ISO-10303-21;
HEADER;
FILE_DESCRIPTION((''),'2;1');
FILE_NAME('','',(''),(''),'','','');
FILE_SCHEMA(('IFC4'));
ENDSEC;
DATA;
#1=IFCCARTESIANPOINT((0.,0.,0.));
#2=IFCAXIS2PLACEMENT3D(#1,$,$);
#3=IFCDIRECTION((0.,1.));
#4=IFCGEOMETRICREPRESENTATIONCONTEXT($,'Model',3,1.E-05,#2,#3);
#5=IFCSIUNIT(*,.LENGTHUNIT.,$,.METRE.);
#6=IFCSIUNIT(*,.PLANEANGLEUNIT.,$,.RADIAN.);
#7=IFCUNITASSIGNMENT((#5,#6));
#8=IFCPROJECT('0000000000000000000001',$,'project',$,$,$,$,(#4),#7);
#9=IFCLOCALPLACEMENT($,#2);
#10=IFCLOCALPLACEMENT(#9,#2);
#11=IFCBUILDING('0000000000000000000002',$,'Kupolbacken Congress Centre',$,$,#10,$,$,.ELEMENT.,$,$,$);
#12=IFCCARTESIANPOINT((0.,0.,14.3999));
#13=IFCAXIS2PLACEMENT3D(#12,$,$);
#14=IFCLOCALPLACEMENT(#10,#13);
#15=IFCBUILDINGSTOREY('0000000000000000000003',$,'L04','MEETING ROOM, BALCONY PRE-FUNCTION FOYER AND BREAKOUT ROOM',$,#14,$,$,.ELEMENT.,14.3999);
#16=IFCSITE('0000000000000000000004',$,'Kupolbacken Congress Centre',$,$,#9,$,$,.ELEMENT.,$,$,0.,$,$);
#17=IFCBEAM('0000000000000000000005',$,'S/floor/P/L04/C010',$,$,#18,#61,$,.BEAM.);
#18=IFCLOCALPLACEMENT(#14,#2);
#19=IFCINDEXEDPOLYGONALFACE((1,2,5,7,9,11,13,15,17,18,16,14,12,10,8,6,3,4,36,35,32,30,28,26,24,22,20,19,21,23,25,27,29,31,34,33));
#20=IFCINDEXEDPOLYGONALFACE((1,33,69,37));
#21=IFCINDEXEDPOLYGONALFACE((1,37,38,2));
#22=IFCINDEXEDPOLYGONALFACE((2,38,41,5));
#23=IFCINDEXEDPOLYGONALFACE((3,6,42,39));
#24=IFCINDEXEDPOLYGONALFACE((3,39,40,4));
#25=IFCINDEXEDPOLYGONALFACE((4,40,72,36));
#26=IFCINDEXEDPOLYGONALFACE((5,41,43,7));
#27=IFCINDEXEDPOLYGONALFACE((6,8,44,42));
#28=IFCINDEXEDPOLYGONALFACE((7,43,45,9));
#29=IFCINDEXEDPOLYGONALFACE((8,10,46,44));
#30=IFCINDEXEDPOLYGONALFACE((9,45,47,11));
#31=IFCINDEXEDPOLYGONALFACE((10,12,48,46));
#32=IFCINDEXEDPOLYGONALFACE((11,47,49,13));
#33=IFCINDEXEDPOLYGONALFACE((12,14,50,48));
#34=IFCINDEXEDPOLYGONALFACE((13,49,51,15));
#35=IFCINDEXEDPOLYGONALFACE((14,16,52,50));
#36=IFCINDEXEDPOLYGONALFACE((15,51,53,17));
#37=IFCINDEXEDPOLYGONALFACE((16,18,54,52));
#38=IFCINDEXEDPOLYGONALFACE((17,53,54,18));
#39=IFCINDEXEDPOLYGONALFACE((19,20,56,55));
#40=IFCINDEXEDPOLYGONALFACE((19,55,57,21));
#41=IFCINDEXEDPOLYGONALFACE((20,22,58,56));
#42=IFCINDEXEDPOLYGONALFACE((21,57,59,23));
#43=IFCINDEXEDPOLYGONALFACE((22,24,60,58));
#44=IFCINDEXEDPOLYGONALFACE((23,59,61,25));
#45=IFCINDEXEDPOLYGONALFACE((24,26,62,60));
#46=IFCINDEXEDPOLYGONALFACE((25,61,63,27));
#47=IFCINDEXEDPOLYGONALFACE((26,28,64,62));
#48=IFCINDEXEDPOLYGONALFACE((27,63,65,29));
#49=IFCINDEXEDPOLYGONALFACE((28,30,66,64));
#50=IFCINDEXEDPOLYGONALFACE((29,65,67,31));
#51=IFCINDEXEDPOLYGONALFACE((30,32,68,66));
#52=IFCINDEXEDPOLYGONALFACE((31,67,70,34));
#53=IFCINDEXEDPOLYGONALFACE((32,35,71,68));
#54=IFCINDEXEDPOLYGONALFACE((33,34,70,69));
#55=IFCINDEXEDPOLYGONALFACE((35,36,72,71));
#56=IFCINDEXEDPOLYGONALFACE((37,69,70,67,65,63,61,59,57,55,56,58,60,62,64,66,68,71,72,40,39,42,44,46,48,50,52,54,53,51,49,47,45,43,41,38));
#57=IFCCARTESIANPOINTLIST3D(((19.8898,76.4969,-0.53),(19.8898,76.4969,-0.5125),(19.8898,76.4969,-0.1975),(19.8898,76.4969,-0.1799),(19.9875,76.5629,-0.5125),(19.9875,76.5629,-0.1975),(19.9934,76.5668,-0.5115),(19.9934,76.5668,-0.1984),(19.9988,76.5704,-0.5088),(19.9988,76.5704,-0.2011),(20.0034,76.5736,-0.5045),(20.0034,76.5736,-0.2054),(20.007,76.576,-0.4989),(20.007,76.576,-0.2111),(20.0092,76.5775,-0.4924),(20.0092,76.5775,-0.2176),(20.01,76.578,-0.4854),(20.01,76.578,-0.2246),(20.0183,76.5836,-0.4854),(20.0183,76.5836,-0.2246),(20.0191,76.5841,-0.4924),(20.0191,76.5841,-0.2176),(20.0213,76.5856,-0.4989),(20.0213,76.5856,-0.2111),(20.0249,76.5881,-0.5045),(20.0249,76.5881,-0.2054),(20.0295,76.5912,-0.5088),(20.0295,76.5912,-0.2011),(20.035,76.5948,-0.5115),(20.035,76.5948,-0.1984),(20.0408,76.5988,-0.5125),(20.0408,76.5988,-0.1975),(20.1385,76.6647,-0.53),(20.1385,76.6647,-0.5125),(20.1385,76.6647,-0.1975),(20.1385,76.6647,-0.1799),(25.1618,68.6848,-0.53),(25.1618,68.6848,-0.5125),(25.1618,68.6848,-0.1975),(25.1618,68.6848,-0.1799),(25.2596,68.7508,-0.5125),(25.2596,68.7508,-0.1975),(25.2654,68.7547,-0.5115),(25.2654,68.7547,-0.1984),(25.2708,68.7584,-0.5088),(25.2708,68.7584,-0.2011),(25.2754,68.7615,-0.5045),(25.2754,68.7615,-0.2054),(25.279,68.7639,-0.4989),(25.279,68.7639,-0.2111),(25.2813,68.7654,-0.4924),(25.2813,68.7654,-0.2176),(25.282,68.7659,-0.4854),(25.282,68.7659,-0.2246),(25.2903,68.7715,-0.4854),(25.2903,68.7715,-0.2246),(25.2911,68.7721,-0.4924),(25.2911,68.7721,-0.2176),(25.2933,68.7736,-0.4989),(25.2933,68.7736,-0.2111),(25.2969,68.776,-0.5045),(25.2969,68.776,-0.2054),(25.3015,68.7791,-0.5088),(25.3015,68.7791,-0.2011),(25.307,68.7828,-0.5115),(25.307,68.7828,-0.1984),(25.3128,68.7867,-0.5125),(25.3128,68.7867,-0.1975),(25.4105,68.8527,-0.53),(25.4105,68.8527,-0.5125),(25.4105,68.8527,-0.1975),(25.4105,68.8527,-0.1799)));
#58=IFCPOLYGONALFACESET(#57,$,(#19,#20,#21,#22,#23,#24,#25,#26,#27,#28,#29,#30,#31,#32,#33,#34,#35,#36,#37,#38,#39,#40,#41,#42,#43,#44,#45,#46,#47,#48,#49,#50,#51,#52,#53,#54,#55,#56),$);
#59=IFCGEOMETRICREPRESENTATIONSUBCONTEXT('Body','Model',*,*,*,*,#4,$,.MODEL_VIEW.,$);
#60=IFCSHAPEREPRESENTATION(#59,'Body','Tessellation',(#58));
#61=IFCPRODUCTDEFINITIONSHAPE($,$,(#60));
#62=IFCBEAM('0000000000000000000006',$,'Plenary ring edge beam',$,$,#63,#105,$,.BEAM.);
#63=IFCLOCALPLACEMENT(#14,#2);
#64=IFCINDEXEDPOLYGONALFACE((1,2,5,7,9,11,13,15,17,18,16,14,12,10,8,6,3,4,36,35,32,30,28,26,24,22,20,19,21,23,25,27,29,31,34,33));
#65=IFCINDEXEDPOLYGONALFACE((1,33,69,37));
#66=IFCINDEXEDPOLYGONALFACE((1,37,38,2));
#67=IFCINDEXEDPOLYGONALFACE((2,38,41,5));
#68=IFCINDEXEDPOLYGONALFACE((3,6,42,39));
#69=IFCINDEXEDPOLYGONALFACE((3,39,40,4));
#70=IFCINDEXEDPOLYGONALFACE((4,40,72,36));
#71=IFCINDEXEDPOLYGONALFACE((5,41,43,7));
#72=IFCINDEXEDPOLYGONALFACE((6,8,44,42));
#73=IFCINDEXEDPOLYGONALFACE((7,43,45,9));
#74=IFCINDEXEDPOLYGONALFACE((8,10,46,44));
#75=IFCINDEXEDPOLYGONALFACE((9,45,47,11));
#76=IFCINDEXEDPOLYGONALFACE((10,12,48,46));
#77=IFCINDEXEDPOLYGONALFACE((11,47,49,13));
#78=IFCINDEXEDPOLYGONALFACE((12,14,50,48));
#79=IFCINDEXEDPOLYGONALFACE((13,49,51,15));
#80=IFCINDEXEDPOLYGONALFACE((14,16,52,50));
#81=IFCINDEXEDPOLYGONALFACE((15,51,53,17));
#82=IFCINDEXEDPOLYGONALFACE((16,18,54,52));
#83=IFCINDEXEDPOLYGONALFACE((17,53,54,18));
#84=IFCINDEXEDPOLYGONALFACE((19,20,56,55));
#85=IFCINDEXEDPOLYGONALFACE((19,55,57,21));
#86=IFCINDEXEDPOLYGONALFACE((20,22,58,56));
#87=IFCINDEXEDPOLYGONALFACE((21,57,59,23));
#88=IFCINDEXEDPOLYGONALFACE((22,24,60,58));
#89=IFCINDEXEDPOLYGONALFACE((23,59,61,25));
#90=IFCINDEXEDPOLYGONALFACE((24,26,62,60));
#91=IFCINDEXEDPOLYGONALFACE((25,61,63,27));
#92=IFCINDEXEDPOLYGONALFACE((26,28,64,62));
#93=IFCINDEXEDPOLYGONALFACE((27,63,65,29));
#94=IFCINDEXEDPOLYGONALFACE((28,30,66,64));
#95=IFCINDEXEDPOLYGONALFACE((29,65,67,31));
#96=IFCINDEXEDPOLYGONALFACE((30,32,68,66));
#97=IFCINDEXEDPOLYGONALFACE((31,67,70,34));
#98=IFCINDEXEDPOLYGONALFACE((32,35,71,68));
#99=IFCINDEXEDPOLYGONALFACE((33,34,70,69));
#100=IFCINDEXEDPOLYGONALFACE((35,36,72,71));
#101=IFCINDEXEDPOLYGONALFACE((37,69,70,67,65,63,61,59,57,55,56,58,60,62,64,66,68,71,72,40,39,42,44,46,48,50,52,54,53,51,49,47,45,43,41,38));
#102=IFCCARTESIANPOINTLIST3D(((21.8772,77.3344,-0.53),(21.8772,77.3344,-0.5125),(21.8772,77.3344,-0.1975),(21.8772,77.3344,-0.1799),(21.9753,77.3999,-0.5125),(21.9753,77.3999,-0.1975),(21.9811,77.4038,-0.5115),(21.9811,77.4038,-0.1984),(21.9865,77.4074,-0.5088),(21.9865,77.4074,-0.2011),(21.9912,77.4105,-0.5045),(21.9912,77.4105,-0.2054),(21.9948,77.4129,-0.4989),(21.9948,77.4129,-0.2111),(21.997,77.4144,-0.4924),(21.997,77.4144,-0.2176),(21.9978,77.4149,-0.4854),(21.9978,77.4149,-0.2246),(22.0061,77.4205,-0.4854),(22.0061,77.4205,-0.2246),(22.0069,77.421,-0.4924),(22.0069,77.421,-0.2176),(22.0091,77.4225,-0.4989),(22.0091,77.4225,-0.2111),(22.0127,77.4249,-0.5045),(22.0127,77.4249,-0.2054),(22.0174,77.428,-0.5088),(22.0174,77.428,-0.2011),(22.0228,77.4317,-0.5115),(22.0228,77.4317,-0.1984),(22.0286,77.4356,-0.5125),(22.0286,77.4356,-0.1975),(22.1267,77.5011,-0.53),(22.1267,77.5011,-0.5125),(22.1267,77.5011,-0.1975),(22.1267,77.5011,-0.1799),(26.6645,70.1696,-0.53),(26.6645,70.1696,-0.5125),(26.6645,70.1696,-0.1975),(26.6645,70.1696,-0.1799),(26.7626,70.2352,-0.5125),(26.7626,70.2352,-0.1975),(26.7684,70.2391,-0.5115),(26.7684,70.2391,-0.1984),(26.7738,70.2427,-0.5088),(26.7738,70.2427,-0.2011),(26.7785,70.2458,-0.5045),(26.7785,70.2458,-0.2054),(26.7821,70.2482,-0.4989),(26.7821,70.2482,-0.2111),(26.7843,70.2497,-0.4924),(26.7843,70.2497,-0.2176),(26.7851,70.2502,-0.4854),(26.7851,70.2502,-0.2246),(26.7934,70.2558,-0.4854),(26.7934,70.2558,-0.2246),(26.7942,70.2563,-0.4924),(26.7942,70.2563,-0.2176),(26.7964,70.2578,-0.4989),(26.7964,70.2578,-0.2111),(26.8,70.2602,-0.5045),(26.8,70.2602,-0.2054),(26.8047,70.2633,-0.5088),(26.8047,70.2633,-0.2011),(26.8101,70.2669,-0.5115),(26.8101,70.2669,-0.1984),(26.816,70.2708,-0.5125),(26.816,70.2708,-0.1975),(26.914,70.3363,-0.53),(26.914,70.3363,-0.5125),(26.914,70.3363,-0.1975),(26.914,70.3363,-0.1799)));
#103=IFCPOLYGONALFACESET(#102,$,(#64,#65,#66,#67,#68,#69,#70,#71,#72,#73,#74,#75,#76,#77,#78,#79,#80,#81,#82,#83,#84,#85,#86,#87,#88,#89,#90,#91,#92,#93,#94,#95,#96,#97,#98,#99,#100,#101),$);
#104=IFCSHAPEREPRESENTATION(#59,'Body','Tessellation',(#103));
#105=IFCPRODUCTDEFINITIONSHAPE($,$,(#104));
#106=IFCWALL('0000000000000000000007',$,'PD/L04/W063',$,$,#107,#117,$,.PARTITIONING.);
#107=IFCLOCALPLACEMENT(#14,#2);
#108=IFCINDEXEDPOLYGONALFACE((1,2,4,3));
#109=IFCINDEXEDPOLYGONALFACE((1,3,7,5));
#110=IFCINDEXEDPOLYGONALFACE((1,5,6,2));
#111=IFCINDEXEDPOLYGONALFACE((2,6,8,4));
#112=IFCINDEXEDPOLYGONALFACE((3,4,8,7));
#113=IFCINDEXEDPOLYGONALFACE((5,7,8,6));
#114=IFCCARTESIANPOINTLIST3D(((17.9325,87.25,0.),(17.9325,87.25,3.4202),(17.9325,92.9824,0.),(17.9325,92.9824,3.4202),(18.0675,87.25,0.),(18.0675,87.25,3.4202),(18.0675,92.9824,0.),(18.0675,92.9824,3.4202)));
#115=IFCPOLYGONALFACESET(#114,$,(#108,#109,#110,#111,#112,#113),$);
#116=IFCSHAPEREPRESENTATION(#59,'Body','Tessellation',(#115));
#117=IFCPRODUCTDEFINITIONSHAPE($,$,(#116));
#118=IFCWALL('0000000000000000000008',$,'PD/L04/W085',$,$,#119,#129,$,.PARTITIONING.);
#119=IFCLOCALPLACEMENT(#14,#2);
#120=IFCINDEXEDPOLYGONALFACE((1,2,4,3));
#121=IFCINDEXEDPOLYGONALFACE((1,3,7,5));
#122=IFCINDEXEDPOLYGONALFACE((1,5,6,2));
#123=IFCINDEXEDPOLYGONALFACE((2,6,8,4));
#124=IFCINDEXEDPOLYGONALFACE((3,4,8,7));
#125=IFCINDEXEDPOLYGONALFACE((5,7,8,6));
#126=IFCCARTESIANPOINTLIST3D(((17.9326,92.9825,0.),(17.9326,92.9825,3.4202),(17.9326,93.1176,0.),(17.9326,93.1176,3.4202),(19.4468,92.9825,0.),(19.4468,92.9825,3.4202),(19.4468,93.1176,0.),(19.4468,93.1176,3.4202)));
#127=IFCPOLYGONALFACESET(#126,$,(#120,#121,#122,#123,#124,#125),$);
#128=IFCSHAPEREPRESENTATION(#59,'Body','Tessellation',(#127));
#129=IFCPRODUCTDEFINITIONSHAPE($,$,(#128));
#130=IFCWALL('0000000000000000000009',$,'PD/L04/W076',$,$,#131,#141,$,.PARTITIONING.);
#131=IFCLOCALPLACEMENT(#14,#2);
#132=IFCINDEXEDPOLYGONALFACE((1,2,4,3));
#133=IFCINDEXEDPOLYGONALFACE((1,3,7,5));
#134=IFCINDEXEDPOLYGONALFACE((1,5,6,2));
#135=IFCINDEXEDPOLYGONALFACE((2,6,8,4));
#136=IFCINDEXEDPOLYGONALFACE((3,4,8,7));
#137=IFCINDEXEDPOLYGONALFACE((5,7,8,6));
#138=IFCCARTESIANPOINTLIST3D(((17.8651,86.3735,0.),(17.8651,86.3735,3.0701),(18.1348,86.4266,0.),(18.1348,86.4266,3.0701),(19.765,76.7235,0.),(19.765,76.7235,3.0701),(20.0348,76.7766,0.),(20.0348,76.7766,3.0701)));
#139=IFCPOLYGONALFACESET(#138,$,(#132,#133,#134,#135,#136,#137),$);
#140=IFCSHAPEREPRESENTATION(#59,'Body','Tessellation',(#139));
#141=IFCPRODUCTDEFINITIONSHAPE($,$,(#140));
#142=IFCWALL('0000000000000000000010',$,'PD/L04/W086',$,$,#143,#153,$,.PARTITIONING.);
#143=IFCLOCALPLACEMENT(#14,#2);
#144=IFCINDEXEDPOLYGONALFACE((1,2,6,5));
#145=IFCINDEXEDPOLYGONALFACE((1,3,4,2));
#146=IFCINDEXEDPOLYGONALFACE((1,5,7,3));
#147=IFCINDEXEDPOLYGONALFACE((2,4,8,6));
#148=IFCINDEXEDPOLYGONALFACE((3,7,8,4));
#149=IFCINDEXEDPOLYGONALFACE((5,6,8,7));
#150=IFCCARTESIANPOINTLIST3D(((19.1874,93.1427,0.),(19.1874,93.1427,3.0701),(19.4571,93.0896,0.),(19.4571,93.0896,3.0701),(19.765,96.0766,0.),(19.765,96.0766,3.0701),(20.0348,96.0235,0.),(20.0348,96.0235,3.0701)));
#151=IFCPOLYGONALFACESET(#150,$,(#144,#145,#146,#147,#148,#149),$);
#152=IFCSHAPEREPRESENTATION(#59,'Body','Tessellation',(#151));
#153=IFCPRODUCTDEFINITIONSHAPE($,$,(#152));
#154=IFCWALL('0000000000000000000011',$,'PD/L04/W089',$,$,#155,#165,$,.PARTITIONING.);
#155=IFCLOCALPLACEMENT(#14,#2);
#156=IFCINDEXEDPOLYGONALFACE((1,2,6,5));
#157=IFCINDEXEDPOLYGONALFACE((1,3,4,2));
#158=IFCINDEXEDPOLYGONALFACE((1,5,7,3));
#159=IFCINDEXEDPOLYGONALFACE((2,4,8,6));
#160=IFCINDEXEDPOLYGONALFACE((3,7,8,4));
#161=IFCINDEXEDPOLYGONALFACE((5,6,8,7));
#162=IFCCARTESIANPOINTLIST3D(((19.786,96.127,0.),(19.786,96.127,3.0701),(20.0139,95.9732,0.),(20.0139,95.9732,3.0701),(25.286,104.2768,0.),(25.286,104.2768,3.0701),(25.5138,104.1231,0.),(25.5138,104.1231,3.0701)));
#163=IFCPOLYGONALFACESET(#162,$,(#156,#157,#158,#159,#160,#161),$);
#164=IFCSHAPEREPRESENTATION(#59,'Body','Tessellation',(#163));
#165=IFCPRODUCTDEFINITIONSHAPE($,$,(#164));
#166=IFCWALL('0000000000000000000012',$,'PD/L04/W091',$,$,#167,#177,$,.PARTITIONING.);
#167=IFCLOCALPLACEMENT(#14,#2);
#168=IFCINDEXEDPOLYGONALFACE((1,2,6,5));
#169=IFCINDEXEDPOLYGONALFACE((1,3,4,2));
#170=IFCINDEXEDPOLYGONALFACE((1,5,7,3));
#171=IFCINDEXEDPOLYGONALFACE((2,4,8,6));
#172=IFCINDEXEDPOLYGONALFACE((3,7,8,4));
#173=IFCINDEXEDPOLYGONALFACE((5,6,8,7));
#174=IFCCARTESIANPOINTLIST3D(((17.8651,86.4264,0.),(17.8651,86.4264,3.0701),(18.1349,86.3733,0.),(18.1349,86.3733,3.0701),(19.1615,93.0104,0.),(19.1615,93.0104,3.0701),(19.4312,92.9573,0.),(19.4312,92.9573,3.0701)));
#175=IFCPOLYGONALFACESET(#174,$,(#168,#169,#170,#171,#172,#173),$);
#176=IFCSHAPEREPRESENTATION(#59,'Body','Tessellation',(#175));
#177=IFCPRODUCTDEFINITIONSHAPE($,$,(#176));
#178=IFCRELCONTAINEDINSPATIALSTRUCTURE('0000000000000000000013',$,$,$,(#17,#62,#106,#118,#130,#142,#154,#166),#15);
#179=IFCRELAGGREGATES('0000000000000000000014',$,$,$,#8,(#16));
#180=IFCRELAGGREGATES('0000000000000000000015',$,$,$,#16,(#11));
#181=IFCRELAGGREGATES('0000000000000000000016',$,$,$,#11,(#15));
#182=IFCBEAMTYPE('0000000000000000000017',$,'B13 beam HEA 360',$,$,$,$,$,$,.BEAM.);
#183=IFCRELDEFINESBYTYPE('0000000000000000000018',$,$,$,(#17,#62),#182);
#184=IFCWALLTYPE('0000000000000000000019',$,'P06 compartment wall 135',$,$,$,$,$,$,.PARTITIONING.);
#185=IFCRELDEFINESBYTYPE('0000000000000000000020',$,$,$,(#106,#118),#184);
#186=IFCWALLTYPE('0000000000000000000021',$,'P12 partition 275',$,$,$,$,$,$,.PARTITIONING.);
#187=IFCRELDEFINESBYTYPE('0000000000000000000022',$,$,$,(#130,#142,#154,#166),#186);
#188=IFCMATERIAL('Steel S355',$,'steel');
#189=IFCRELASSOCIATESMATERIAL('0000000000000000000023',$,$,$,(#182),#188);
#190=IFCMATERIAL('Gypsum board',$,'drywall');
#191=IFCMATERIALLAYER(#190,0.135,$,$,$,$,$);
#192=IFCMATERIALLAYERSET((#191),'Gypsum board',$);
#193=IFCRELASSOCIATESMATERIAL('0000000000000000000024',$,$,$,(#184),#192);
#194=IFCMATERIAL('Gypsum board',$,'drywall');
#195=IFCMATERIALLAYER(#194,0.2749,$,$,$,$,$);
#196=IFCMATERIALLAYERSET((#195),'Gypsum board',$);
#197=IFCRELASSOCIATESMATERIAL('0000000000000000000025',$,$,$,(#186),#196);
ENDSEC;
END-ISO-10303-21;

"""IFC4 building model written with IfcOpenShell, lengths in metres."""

from ifc_helpers import new_model, si_unit, direction, frame, frame_2d, origin, origin_2d, place, context, subcontext, project, spatial, rectangle, i_section, extrude, material, layer, layer_set, material_profile, profile_set, type_object, element, save


model = new_model("IFC4")

# Units and contexts
model_context = context("Model", 3, precision=1e-05, world=origin(), true_north=direction((0.0, 1.0)))
body_context = subcontext(model_context, "Body", "Model", "MODEL_VIEW")
ifc_project = project(units=[si_unit("LENGTHUNIT", "METRE"), si_unit("PLANEANGLEUNIT", "RADIAN")], contexts=[model_context])

# Site, building, storey
site_placement = place(None, origin())
site = spatial("IfcSite", under=ifc_project, at=site_placement, Name="Kupolbacken Congress Centre", CompositionType="ELEMENT", RefElevation=0.0)
building_placement = place(site_placement, origin())
building = spatial("IfcBuilding", under=site, at=building_placement, Name="Kupolbacken Congress Centre", CompositionType="ELEMENT")
storey_placement = place(building_placement, frame((0.0, 0.0, 14.3999)))
storey = spatial("IfcBuildingStorey", under=building, at=storey_placement, Name="L04", Description="MEETING ROOM, BALCONY PRE-FUNCTION FOYER AND BREAKOUT ROOM", CompositionType="ELEMENT", Elevation=14.3999)

# Beams
ifc_material_1 = material(Name="Steel S355", Category="steel")
ifc_material_profile_1 = material_profile(ifc_material_1, i_section(OverallWidth=0.3, OverallDepth=0.3501, WebThickness=0.01, FlangeThickness=0.0176, FilletRadius=0.0271, at=origin_2d()), Name="HEA 360")
ifc_profile_set_1 = profile_set([ifc_material_profile_1], Name="Steel S355")
beam_type_1 = type_object("IfcBeamType", Name="B13 beam HEA 360", PredefinedType="BEAM", material=ifc_profile_set_1)
beam_1_placement = place(storey_placement, frame((20.0142, 76.5808, -0.355), z_axis=(0.55939, -0.828905, 0.0), x_axis=(0.828905, 0.55939, 0.0)))
element("IfcBeam", 1, at=beam_1_placement, inside=storey, type_object=beam_type_1, Name="S/floor/P/L04/C010", PredefinedType="BEAM", context=body_context, shape_type="SweptSolid", body=[
    extrude(i_section(OverallWidth=0.3, OverallDepth=0.3501, WebThickness=0.01, FlangeThickness=0.0176, FilletRadius=0.0271, at=origin_2d()), origin(), (0.0, 0.0, 1.0), 9.4246),
])
beam_2_placement = place(storey_placement, frame((22.002, 77.4177, -0.355), z_axis=(0.555569, -0.83147, 0.0), x_axis=(0.83147, 0.555569, 0.0)))
element("IfcBeam", 2, at=beam_2_placement, inside=storey, type_object=beam_type_1, Name="Plenary ring edge beam", PredefinedType="BEAM", context=body_context, shape_type="SweptSolid", body=[
    extrude(i_section(OverallWidth=0.3, OverallDepth=0.3501, WebThickness=0.01, FlangeThickness=0.0176, FilletRadius=0.0271, at=origin_2d()), origin(), (0.0, 0.0, 1.0), 8.6169),
])

# Walls
ifc_material_2 = material(Name="Gypsum board", Category="drywall")
ifc_layer_1 = layer(ifc_material_2, 0.135)
ifc_layer_set_1 = layer_set([ifc_layer_1], Name="Gypsum board")
wall_type_1 = type_object("IfcWallType", Name="P06 compartment wall 135", PredefinedType="PARTITIONING", material=ifc_layer_set_1)
wall_1_placement = place(storey_placement, frame((18.0, 92.9824, 0.0), z_axis=(0.0, 0.0, 1.0), x_axis=(0.0, -1.0, 0.0)))
element("IfcWall", 3, at=wall_1_placement, inside=storey, type_object=wall_type_1, Name="PD/L04/W063", PredefinedType="PARTITIONING", context=body_context, shape_type="SweptSolid", body=[
    extrude(rectangle(XDim=5.7324, YDim=0.135, at=frame_2d((2.8662, 0.0))), origin(), (0.0, 0.0, 1.0), 3.4202),
])
wall_2_placement = place(storey_placement, frame((19.4468, 93.05, 0.0), z_axis=(0.0, 0.0, 1.0), x_axis=(-1.0, 0.0, 0.0)))
element("IfcWall", 4, at=wall_2_placement, inside=storey, type_object=wall_type_1, Name="PD/L04/W085", PredefinedType="PARTITIONING", context=body_context, shape_type="SweptSolid", body=[
    extrude(rectangle(XDim=1.5142, YDim=0.135, at=frame_2d((0.7571, 0.0))), origin(), (0.0, 0.0, 1.0), 3.4202),
])
ifc_material_3 = material(Name="Gypsum board", Category="drywall")
ifc_layer_2 = layer(ifc_material_3, 0.2749)
ifc_layer_set_2 = layer_set([ifc_layer_2], Name="Gypsum board")
wall_type_2 = type_object("IfcWallType", Name="P12 partition 275", PredefinedType="PARTITIONING", material=ifc_layer_set_2)
wall_3_placement = place(storey_placement, frame((18.0, 86.3999, 0.0), z_axis=(0.0, 0.0, 1.0), x_axis=(0.193175, -0.981164, 0.0)))
element("IfcWall", 5, at=wall_3_placement, inside=storey, type_object=wall_type_2, Name="PD/L04/W076", PredefinedType="PARTITIONING", context=body_context, shape_type="SweptSolid", body=[
    extrude(rectangle(XDim=9.8352, YDim=0.2749, at=frame_2d((4.9175, 0.0))), origin(), (0.0, 0.0, 1.0), 3.0701),
])

# Walls
wall_4_placement = place(storey_placement, frame((19.8999, 96.05, 0.0), z_axis=(0.0, 0.0, 1.0), x_axis=(-0.193179, -0.981164, 0.0)))
element("IfcWall", 6, at=wall_4_placement, inside=storey, type_object=wall_type_2, Name="PD/L04/W086", PredefinedType="PARTITIONING", context=body_context, shape_type="SweptSolid", body=[
    extrude(rectangle(XDim=2.9902, YDim=0.2749, at=frame_2d((1.4951, 0.0))), origin(), (0.0, 0.0, 1.0), 3.0701),
])
wall_5_placement = place(storey_placement, frame((25.3999, 104.2, 0.0), z_axis=(0.0, 0.0, 1.0), x_axis=(-0.55939, -0.828905, 0.0)))
element("IfcWall", 7, at=wall_5_placement, inside=storey, type_object=wall_type_2, Name="PD/L04/W089", PredefinedType="PARTITIONING", context=body_context, shape_type="SweptSolid", body=[
    extrude(rectangle(XDim=9.832, YDim=0.2749, at=frame_2d((4.916, 0.0))), origin(), (0.0, 0.0, 1.0), 3.0701),
])
wall_6_placement = place(storey_placement, frame((19.2964, 92.9839, 0.0), z_axis=(0.0, 0.0, 1.0), x_axis=(-0.193191, -0.981161, 0.0)))
element("IfcWall", 8, at=wall_6_placement, inside=storey, type_object=wall_type_2, Name="PD/L04/W091", PredefinedType="PARTITIONING", context=body_context, shape_type="SweptSolid", body=[
    extrude(rectangle(XDim=6.7104, YDim=0.2749, at=frame_2d((3.3552, 0.0))), origin(), (0.0, 0.0, 1.0), 3.0701),
])

save(model, "model.ifc")
